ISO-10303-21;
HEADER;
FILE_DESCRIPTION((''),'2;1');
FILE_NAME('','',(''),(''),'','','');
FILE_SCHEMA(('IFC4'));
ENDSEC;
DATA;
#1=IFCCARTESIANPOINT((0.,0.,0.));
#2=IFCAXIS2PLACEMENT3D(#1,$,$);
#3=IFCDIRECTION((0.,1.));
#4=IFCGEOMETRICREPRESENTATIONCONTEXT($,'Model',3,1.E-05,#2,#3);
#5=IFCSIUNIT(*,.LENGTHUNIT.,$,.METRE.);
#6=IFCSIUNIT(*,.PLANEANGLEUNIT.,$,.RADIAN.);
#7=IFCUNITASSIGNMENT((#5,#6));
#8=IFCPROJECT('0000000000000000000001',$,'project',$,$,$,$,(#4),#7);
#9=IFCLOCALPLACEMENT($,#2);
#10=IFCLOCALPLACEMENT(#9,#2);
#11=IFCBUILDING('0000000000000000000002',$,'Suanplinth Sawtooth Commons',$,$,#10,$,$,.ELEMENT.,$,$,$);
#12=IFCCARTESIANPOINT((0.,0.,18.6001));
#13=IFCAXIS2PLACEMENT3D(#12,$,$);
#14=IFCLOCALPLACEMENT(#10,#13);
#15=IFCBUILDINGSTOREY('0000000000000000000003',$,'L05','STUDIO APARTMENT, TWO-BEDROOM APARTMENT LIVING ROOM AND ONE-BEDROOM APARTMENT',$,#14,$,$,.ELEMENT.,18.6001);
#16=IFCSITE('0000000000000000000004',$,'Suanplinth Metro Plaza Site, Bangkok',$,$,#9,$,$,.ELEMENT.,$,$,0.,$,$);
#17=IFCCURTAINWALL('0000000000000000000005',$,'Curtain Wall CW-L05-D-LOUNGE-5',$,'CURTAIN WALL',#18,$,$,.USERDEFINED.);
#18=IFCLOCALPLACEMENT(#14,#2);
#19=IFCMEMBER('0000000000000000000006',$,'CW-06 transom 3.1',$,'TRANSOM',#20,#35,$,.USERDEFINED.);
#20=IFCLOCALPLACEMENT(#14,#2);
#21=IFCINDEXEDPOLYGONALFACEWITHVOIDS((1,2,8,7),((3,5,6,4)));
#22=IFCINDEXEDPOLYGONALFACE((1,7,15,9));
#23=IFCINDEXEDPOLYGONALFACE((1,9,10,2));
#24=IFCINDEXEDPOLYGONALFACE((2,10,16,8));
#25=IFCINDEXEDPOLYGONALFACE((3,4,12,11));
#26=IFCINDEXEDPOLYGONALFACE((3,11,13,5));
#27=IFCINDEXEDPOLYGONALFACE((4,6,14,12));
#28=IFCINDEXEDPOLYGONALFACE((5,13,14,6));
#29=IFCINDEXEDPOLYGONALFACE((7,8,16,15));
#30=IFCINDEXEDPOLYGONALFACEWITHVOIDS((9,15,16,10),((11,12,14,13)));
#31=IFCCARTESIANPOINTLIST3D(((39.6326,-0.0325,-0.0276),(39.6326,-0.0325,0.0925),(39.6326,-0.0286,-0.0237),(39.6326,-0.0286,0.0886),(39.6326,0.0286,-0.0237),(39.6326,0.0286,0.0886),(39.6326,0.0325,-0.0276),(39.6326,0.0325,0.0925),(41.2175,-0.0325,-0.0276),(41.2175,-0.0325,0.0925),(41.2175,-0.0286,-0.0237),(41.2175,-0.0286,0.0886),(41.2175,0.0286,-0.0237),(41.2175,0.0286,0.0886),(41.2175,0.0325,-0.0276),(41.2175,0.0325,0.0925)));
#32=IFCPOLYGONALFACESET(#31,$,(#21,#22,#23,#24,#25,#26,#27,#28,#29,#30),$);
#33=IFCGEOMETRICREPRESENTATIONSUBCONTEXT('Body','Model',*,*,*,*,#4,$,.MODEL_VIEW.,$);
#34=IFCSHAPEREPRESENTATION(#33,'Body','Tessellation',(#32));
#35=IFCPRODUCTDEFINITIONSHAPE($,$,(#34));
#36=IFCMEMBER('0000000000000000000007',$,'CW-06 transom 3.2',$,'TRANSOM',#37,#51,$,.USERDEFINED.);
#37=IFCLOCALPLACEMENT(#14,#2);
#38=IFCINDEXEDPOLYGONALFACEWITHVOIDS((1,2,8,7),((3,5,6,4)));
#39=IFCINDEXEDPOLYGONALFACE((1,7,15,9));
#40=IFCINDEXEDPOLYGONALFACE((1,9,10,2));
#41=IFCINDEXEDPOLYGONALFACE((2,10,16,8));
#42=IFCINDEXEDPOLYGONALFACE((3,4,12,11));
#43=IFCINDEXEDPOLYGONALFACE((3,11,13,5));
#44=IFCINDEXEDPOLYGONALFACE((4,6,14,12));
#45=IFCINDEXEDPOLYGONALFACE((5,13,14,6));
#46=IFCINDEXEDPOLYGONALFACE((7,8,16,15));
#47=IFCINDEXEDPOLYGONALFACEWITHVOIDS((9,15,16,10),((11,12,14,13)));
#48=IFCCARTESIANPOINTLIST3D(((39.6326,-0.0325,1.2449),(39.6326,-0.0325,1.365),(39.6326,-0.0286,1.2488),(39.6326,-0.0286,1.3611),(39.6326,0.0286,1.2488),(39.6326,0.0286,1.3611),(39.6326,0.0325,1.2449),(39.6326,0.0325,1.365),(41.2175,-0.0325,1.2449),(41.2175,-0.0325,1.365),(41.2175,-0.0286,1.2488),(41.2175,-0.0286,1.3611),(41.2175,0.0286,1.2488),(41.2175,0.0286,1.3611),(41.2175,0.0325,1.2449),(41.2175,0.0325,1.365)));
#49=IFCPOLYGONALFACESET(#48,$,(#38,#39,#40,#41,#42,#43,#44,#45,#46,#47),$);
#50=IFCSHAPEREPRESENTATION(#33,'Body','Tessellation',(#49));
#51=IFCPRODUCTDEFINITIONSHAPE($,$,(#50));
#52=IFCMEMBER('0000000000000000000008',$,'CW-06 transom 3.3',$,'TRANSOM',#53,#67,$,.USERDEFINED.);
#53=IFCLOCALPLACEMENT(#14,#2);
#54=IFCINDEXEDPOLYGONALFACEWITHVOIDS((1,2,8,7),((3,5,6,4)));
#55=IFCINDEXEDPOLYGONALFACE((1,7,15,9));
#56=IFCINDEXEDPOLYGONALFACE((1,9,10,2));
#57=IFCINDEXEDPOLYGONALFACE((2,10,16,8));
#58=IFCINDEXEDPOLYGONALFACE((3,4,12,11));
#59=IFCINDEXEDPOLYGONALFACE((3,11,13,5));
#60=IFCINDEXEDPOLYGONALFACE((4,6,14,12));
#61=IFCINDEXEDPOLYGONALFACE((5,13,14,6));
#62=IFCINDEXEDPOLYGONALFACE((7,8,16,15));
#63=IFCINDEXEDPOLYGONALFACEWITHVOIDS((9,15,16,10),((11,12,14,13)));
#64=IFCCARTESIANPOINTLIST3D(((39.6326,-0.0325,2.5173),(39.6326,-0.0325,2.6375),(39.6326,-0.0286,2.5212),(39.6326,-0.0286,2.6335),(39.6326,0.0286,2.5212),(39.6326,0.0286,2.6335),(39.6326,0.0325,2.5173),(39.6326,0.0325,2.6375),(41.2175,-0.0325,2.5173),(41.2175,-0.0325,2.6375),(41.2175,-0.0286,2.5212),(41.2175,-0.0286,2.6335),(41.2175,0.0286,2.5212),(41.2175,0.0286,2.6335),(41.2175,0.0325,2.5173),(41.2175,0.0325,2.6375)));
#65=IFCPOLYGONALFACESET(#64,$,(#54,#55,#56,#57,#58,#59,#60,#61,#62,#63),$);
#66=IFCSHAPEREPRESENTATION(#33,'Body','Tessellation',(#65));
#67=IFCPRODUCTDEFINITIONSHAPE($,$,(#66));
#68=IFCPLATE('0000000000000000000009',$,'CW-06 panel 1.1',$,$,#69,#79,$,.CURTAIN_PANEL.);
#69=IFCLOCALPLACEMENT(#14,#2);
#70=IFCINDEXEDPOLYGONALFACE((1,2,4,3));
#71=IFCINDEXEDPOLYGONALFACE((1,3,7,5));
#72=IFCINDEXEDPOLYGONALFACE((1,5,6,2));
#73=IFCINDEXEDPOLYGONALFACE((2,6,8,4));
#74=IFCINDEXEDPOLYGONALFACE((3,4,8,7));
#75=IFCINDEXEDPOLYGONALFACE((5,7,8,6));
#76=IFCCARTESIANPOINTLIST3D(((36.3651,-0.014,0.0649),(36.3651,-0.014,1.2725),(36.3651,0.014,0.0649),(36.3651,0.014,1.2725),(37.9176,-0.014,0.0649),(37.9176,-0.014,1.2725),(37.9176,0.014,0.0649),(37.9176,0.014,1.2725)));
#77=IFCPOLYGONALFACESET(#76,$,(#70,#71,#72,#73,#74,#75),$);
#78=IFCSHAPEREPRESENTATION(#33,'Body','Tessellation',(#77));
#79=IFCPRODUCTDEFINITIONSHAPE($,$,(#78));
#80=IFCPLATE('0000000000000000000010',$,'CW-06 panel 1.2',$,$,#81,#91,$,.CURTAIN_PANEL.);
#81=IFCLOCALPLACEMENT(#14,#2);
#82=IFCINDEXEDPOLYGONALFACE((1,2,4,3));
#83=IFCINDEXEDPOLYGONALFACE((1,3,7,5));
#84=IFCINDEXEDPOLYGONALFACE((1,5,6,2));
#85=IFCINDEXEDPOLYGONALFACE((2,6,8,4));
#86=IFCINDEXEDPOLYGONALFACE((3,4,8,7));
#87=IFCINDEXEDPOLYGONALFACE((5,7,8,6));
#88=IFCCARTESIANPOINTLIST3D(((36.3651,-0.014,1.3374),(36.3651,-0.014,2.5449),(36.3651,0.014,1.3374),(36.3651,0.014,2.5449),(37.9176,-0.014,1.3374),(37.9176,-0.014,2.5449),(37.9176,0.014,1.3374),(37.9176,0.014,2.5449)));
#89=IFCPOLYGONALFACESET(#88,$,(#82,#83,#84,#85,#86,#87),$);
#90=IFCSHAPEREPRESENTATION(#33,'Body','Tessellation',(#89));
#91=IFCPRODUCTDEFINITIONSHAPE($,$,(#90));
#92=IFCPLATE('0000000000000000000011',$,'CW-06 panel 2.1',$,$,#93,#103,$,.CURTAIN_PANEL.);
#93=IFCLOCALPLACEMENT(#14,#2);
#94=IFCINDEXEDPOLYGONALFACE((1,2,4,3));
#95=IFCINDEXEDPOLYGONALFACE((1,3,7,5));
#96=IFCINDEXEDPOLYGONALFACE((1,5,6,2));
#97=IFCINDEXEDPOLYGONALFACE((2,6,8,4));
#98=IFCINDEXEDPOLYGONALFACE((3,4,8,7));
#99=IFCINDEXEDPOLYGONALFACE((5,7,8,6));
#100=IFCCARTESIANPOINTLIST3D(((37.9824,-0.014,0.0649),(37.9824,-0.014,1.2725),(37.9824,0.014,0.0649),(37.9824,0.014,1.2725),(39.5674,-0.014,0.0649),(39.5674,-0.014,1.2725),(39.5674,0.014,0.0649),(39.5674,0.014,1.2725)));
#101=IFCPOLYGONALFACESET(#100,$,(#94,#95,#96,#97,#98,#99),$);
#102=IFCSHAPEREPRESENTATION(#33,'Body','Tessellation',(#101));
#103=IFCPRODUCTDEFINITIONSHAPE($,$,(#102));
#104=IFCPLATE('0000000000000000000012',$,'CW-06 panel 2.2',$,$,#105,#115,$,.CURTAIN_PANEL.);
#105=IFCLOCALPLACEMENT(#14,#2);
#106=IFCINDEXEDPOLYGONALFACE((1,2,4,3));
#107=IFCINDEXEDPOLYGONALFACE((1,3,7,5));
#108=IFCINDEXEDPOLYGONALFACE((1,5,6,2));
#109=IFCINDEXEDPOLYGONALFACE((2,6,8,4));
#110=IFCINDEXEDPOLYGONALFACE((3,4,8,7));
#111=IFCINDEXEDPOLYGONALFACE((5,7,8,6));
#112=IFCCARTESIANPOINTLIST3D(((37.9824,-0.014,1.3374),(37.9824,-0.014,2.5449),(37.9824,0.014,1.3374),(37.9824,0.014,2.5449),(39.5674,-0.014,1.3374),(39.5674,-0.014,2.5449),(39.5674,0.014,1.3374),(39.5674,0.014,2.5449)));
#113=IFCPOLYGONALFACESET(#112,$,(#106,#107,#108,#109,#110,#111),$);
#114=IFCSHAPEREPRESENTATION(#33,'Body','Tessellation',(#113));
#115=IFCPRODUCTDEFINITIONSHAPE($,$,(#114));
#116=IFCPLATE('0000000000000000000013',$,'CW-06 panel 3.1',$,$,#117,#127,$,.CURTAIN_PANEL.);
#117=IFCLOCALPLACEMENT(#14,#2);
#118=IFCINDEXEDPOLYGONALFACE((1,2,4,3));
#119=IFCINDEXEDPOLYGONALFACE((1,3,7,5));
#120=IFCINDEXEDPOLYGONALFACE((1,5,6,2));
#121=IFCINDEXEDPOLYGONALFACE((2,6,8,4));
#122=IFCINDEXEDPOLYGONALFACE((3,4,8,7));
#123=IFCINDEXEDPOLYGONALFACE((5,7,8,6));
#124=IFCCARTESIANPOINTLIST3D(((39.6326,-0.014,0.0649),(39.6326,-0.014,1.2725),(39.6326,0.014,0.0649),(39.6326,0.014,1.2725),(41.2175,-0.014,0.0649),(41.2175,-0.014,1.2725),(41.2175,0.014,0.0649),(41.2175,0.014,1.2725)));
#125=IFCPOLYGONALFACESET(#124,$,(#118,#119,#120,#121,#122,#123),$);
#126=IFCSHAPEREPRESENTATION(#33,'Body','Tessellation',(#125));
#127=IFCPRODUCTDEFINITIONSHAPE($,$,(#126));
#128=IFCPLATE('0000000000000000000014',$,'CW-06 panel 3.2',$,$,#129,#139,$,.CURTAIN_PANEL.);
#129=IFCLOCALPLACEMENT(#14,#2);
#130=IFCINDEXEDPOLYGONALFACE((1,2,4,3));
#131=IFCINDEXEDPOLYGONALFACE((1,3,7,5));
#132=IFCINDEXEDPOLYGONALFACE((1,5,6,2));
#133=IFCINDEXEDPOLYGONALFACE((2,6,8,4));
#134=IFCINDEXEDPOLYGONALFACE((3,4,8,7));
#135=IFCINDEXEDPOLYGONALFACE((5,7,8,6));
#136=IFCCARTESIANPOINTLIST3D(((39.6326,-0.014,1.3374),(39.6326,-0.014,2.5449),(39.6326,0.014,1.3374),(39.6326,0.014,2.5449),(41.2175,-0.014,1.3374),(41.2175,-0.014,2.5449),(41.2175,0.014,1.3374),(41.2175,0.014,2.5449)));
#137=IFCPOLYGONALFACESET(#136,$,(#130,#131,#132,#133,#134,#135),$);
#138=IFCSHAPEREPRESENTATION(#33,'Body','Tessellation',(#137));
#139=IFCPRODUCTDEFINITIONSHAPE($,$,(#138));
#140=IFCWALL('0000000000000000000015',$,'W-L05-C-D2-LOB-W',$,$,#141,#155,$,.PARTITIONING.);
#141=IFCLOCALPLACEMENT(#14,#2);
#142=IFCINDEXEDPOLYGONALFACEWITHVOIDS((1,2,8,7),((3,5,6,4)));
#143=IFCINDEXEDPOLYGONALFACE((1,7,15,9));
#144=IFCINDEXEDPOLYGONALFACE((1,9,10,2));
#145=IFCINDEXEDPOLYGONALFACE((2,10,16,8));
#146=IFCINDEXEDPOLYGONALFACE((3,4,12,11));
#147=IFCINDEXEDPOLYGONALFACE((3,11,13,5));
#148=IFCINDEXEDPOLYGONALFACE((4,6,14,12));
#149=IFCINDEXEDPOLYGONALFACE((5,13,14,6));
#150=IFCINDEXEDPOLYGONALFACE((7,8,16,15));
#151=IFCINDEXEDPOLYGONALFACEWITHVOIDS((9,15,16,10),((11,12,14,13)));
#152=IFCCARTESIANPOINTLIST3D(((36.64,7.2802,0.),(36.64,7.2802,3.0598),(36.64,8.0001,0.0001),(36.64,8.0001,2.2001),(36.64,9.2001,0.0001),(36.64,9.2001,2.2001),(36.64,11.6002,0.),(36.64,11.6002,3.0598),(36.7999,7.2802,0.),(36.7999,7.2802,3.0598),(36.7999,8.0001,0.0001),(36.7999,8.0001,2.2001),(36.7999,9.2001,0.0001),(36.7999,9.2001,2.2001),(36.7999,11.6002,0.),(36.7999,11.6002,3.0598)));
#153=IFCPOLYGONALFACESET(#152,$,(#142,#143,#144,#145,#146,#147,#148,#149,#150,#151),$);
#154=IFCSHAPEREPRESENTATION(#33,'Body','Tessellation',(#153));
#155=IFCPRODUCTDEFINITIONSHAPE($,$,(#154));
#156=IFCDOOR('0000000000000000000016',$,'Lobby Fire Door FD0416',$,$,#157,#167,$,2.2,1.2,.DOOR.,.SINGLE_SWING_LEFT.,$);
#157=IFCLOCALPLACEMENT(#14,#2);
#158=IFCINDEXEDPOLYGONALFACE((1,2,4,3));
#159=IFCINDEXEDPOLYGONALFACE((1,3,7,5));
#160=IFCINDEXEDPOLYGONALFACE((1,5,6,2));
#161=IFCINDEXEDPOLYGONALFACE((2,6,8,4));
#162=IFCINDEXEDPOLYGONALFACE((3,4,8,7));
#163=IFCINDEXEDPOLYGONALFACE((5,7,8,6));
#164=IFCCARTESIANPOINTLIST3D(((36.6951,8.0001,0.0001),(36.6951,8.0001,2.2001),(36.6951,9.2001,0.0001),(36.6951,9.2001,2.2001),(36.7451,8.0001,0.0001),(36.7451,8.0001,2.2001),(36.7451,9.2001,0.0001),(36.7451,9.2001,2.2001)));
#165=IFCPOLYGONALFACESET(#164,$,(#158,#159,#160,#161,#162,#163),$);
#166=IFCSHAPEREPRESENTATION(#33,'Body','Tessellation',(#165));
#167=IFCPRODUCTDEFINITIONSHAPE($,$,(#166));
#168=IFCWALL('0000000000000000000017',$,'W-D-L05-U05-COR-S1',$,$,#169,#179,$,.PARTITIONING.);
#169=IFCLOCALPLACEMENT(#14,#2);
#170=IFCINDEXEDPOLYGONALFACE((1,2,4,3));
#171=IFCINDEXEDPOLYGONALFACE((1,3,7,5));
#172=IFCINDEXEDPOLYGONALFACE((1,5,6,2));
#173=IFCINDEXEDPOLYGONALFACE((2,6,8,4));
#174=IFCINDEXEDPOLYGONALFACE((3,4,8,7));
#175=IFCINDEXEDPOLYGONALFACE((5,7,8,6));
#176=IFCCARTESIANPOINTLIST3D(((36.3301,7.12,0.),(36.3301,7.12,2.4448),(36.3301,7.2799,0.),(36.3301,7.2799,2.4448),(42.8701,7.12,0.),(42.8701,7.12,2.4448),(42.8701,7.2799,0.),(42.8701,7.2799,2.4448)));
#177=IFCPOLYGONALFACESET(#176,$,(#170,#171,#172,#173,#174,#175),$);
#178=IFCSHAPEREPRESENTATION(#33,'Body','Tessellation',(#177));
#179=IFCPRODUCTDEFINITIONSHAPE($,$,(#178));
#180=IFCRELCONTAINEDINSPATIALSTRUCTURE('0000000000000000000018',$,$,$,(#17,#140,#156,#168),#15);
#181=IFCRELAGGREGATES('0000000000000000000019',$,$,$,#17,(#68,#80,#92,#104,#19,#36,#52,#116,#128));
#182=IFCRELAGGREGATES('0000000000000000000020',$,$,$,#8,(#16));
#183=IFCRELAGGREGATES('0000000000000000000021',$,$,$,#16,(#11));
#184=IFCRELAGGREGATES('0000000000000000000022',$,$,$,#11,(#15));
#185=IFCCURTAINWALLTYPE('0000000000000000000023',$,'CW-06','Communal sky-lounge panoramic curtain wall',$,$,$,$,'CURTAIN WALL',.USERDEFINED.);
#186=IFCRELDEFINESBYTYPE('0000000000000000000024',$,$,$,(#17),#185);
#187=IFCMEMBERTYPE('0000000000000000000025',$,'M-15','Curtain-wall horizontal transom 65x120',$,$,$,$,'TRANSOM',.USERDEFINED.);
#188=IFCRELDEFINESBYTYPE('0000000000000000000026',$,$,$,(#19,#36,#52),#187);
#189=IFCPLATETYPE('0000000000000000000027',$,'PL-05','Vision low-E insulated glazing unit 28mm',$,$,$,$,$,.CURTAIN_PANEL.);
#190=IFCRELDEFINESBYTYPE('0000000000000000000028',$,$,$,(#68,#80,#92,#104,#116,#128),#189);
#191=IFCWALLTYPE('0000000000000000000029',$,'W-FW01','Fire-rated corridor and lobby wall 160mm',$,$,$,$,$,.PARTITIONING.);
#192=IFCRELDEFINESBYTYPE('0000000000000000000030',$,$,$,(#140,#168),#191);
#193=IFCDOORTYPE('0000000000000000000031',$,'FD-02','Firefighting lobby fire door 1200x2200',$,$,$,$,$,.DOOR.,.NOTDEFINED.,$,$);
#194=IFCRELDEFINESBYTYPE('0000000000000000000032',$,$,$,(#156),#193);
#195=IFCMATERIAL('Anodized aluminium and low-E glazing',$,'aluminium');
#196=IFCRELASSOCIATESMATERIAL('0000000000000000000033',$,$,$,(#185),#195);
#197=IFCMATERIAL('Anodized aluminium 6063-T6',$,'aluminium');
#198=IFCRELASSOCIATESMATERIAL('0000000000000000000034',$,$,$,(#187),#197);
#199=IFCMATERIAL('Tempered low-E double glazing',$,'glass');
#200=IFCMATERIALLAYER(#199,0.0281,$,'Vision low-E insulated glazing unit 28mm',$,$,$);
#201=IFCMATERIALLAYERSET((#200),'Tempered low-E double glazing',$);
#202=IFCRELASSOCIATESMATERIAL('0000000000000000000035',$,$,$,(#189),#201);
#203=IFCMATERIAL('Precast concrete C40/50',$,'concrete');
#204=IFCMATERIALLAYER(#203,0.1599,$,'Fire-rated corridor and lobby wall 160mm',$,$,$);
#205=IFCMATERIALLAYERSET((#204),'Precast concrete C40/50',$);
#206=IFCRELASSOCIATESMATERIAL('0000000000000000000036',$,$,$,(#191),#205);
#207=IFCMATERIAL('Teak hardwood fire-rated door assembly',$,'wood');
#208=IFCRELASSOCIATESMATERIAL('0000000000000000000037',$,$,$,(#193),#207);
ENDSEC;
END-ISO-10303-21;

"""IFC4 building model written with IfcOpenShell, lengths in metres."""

from ifc_helpers import new_model, si_unit, direction, frame, frame_2d, origin, origin_2d, place, context, subcontext, project, spatial, rectangle, hollow_rectangle, extrude, material, layer, layer_set, material_profile, profile_set, type_object, element, fill, aggregate, save


model = new_model("IFC4")

# Units and contexts
model_context = context("Model", 3, precision=1e-05, world=origin(), true_north=direction((0.0, 1.0)))
body_context = subcontext(model_context, "Body", "Model", "MODEL_VIEW")
ifc_project = project(units=[si_unit("LENGTHUNIT", "METRE"), si_unit("PLANEANGLEUNIT", "RADIAN")], contexts=[model_context])

# Site, building, storey
site_placement = place(None, origin())
site = spatial("IfcSite", under=ifc_project, at=site_placement, Name="Suanplinth Metro Plaza Site, Bangkok", CompositionType="ELEMENT", RefElevation=0.0)
building_placement = place(site_placement, origin())
building = spatial("IfcBuilding", under=site, at=building_placement, Name="Suanplinth Sawtooth Commons", CompositionType="ELEMENT")
storey_placement = place(building_placement, frame((0.0, 0.0, 18.6001)))
storey = spatial("IfcBuildingStorey", under=building, at=storey_placement, Name="L05", Description="STUDIO APARTMENT, TWO-BEDROOM APARTMENT LIVING ROOM AND ONE-BEDROOM APARTMENT", CompositionType="ELEMENT", Elevation=18.6001)

# Curtain wall, members, plates
ifc_material_1 = material(Name="Anodized aluminium and low-E glazing", Category="aluminium")
curtain_wall_type = type_object("IfcCurtainWallType", Name="CW-06", Description="Communal sky-lounge panoramic curtain wall", ElementType="CURTAIN WALL", PredefinedType="USERDEFINED", material=ifc_material_1)
curtain_wall_placement = place(storey_placement, origin())
curtain_wall = element("IfcCurtainWall", 1, at=curtain_wall_placement, inside=storey, type_object=curtain_wall_type, Name="Curtain Wall CW-L05-D-LOUNGE-5", ObjectType="CURTAIN WALL", PredefinedType="USERDEFINED")
ifc_material_2 = material(Name="Anodized aluminium 6063-T6", Category="aluminium")
ifc_material_profile_1 = material_profile(ifc_material_2, hollow_rectangle(XDim=0.0649, YDim=0.1201, WallThickness=0.0039, at=origin_2d()), Name="ALU-TRN 65x120")
ifc_profile_set_1 = profile_set([ifc_material_profile_1], Name="Anodized aluminium 6063-T6")
member_type_1 = type_object("IfcMemberType", Name="M-15", Description="Curtain-wall horizontal transom 65x120", ElementType="TRANSOM", PredefinedType="USERDEFINED", material=ifc_profile_set_1)
member_1_placement = place(storey_placement, frame((39.6326, 0.0, 0.0325), z_axis=(1.0, 0.0, 0.0), x_axis=(0.0, 1.0, 0.0)))
member_1 = element("IfcMember", 2, at=member_1_placement, type_object=member_type_1, Name="CW-06 transom 3.1", ObjectType="TRANSOM", PredefinedType="USERDEFINED", context=body_context, shape_type="SweptSolid", body=[
    extrude(hollow_rectangle(XDim=0.0649, YDim=0.1201, WallThickness=0.0039, at=origin_2d()), origin(), (0.0, 0.0, 1.0), 1.585),
])
member_2_placement = place(storey_placement, frame((39.6326, 0.0, 1.3049), z_axis=(1.0, 0.0, 0.0), x_axis=(0.0, 1.0, 0.0)))
member_2 = element("IfcMember", 3, at=member_2_placement, type_object=member_type_1, Name="CW-06 transom 3.2", ObjectType="TRANSOM", PredefinedType="USERDEFINED", context=body_context, shape_type="SweptSolid", body=[
    extrude(hollow_rectangle(XDim=0.0649, YDim=0.1201, WallThickness=0.0039, at=origin_2d()), origin(), (0.0, 0.0, 1.0), 1.585),
])
member_3_placement = place(storey_placement, frame((39.6326, 0.0, 2.5774), z_axis=(1.0, 0.0, 0.0), x_axis=(0.0, 1.0, 0.0)))
member_3 = element("IfcMember", 4, at=member_3_placement, type_object=member_type_1, Name="CW-06 transom 3.3", ObjectType="TRANSOM", PredefinedType="USERDEFINED", context=body_context, shape_type="SweptSolid", body=[
    extrude(hollow_rectangle(XDim=0.0649, YDim=0.1201, WallThickness=0.0039, at=origin_2d()), origin(), (0.0, 0.0, 1.0), 1.585),
])
ifc_material_3 = material(Name="Tempered low-E double glazing", Category="glass")
ifc_layer_1 = layer(ifc_material_3, 0.0281, Name="Vision low-E insulated glazing unit 28mm")
ifc_layer_set_1 = layer_set([ifc_layer_1], Name="Tempered low-E double glazing")
plate_type = type_object("IfcPlateType", Name="PL-05", Description="Vision low-E insulated glazing unit 28mm", PredefinedType="CURTAIN_PANEL", material=ifc_layer_set_1)
plate_1_placement = place(storey_placement, frame((37.1414, 0.0, 0.0649), z_axis=(0.0, 0.0, 1.0), x_axis=(1.0, 0.0, 0.0)))
plate_1 = element("IfcPlate", 5, at=plate_1_placement, type_object=plate_type, Name="CW-06 panel 1.1", PredefinedType="CURTAIN_PANEL", context=body_context, shape_type="SweptSolid", body=[
    extrude(rectangle(XDim=1.5525, YDim=0.0281, at=origin_2d()), origin(), (0.0, 0.0, 1.0), 1.2075),
])
plate_2_placement = place(storey_placement, frame((37.1414, 0.0, 1.3374), z_axis=(0.0, 0.0, 1.0), x_axis=(1.0, 0.0, 0.0)))
plate_2 = element("IfcPlate", 6, at=plate_2_placement, type_object=plate_type, Name="CW-06 panel 1.2", PredefinedType="CURTAIN_PANEL", context=body_context, shape_type="SweptSolid", body=[
    extrude(rectangle(XDim=1.5525, YDim=0.0281, at=origin_2d()), origin(), (0.0, 0.0, 1.0), 1.2075),
])
plate_3_placement = place(storey_placement, frame((38.7749, 0.0, 0.0649), z_axis=(0.0, 0.0, 1.0), x_axis=(1.0, 0.0, 0.0)))
plate_3 = element("IfcPlate", 7, at=plate_3_placement, type_object=plate_type, Name="CW-06 panel 2.1", PredefinedType="CURTAIN_PANEL", context=body_context, shape_type="SweptSolid", body=[
    extrude(rectangle(XDim=1.585, YDim=0.0281, at=origin_2d()), origin(), (0.0, 0.0, 1.0), 1.2075),
])
plate_4_placement = place(storey_placement, frame((38.7749, 0.0, 1.3374), z_axis=(0.0, 0.0, 1.0), x_axis=(1.0, 0.0, 0.0)))
plate_4 = element("IfcPlate", 8, at=plate_4_placement, type_object=plate_type, Name="CW-06 panel 2.2", PredefinedType="CURTAIN_PANEL", context=body_context, shape_type="SweptSolid", body=[
    extrude(rectangle(XDim=1.585, YDim=0.0281, at=origin_2d()), origin(), (0.0, 0.0, 1.0), 1.2075),
])
plate_5_placement = place(storey_placement, frame((40.425, 0.0, 0.0649), z_axis=(0.0, 0.0, 1.0), x_axis=(1.0, 0.0, 0.0)))
plate_5 = element("IfcPlate", 9, at=plate_5_placement, type_object=plate_type, Name="CW-06 panel 3.1", PredefinedType="CURTAIN_PANEL", context=body_context, shape_type="SweptSolid", body=[
    extrude(rectangle(XDim=1.585, YDim=0.0281, at=origin_2d()), origin(), (0.0, 0.0, 1.0), 1.2075),
])
plate_6_placement = place(storey_placement, frame((40.425, 0.0, 1.3374), z_axis=(0.0, 0.0, 1.0), x_axis=(1.0, 0.0, 0.0)))
plate_6 = element("IfcPlate", 10, at=plate_6_placement, type_object=plate_type, Name="CW-06 panel 3.2", PredefinedType="CURTAIN_PANEL", context=body_context, shape_type="SweptSolid", body=[
    extrude(rectangle(XDim=1.585, YDim=0.0281, at=origin_2d()), origin(), (0.0, 0.0, 1.0), 1.2075),
])
aggregate(curtain_wall, [plate_1, plate_2, plate_3, plate_4, member_1, member_2, member_3, plate_5, plate_6])

# Wall, opening, door
ifc_material_4 = material(Name="Precast concrete C40/50", Category="concrete")
ifc_layer_2 = layer(ifc_material_4, 0.1599, Name="Fire-rated corridor and lobby wall 160mm")
ifc_layer_set_2 = layer_set([ifc_layer_2], Name="Precast concrete C40/50")
wall_type_1 = type_object("IfcWallType", Name="W-FW01", Description="Fire-rated corridor and lobby wall 160mm", PredefinedType="PARTITIONING", material=ifc_layer_set_2)
wall_1_placement = place(storey_placement, frame((36.72, 7.28, 0.0), z_axis=(0.0, 0.0, 1.0), x_axis=(0.0, 1.0, 0.0)))
wall_1 = element("IfcWall", 11, at=wall_1_placement, inside=storey, type_object=wall_type_1, Name="W-L05-C-D2-LOB-W", PredefinedType="PARTITIONING", context=body_context, shape_type="SweptSolid", body=[
    extrude(rectangle(XDim=4.3201, YDim=0.1599, at=frame_2d((2.1602, 0.0))), origin(), (0.0, 0.0, 1.0), 3.0598),
])
opening_1_placement = place(wall_1_placement, frame((0.72, 0.0, 0.0)))
opening_1 = element("IfcOpeningElement", 12, at=opening_1_placement, cuts=wall_1, PredefinedType="OPENING", context=body_context, shape_type="SweptSolid", body=[
    extrude(rectangle(XDim=1.2, YDim=2.2, at=frame_2d((0.6001, 1.1001))), frame((0.0, 0.0947, 0.0), z_axis=(0.0, -1.0, 0.0), x_axis=(1.0, 0.0, 0.0)), (0.0, 0.0, 1.0), 0.1897),
])
ifc_material_5 = material(Name="Teak hardwood fire-rated door assembly", Category="wood")
door_type_1 = type_object("IfcDoorType", Name="FD-02", Description="Firefighting lobby fire door 1200x2200", OperationType="NOTDEFINED", PredefinedType="DOOR", material=ifc_material_5)
door_1_placement = place(opening_1_placement, origin())
door_1 = element("IfcDoor", 13, at=door_1_placement, inside=storey, type_object=door_type_1, Name="Lobby Fire Door FD0416", OperationType="SINGLE_SWING_LEFT", OverallHeight=2.2, OverallWidth=1.2, PredefinedType="DOOR", context=body_context, shape_type="SweptSolid", body=[
    extrude(rectangle(XDim=1.2, YDim=2.2, at=frame_2d((0.6001, 1.1001))), frame((0.0, 0.0249, 0.0), z_axis=(0.0, -1.0, 0.0), x_axis=(1.0, 0.0, 0.0)), (0.0, 0.0, 1.0), 0.05),
])
fill(opening_1, door_1)

# Wall
wall_2_placement = place(storey_placement, frame((36.3301, 7.2, 0.0), z_axis=(0.0, 0.0, 1.0), x_axis=(1.0, 0.0, 0.0)))
element("IfcWall", 14, at=wall_2_placement, inside=storey, type_object=wall_type_1, Name="W-D-L05-U05-COR-S1", PredefinedType="PARTITIONING", context=body_context, shape_type="SweptSolid", body=[
    extrude(rectangle(XDim=6.54, YDim=0.1599, at=frame_2d((3.27, 0.0))), origin(), (0.0, 0.0, 1.0), 2.4448),
])

save(model, "model.ifc")
